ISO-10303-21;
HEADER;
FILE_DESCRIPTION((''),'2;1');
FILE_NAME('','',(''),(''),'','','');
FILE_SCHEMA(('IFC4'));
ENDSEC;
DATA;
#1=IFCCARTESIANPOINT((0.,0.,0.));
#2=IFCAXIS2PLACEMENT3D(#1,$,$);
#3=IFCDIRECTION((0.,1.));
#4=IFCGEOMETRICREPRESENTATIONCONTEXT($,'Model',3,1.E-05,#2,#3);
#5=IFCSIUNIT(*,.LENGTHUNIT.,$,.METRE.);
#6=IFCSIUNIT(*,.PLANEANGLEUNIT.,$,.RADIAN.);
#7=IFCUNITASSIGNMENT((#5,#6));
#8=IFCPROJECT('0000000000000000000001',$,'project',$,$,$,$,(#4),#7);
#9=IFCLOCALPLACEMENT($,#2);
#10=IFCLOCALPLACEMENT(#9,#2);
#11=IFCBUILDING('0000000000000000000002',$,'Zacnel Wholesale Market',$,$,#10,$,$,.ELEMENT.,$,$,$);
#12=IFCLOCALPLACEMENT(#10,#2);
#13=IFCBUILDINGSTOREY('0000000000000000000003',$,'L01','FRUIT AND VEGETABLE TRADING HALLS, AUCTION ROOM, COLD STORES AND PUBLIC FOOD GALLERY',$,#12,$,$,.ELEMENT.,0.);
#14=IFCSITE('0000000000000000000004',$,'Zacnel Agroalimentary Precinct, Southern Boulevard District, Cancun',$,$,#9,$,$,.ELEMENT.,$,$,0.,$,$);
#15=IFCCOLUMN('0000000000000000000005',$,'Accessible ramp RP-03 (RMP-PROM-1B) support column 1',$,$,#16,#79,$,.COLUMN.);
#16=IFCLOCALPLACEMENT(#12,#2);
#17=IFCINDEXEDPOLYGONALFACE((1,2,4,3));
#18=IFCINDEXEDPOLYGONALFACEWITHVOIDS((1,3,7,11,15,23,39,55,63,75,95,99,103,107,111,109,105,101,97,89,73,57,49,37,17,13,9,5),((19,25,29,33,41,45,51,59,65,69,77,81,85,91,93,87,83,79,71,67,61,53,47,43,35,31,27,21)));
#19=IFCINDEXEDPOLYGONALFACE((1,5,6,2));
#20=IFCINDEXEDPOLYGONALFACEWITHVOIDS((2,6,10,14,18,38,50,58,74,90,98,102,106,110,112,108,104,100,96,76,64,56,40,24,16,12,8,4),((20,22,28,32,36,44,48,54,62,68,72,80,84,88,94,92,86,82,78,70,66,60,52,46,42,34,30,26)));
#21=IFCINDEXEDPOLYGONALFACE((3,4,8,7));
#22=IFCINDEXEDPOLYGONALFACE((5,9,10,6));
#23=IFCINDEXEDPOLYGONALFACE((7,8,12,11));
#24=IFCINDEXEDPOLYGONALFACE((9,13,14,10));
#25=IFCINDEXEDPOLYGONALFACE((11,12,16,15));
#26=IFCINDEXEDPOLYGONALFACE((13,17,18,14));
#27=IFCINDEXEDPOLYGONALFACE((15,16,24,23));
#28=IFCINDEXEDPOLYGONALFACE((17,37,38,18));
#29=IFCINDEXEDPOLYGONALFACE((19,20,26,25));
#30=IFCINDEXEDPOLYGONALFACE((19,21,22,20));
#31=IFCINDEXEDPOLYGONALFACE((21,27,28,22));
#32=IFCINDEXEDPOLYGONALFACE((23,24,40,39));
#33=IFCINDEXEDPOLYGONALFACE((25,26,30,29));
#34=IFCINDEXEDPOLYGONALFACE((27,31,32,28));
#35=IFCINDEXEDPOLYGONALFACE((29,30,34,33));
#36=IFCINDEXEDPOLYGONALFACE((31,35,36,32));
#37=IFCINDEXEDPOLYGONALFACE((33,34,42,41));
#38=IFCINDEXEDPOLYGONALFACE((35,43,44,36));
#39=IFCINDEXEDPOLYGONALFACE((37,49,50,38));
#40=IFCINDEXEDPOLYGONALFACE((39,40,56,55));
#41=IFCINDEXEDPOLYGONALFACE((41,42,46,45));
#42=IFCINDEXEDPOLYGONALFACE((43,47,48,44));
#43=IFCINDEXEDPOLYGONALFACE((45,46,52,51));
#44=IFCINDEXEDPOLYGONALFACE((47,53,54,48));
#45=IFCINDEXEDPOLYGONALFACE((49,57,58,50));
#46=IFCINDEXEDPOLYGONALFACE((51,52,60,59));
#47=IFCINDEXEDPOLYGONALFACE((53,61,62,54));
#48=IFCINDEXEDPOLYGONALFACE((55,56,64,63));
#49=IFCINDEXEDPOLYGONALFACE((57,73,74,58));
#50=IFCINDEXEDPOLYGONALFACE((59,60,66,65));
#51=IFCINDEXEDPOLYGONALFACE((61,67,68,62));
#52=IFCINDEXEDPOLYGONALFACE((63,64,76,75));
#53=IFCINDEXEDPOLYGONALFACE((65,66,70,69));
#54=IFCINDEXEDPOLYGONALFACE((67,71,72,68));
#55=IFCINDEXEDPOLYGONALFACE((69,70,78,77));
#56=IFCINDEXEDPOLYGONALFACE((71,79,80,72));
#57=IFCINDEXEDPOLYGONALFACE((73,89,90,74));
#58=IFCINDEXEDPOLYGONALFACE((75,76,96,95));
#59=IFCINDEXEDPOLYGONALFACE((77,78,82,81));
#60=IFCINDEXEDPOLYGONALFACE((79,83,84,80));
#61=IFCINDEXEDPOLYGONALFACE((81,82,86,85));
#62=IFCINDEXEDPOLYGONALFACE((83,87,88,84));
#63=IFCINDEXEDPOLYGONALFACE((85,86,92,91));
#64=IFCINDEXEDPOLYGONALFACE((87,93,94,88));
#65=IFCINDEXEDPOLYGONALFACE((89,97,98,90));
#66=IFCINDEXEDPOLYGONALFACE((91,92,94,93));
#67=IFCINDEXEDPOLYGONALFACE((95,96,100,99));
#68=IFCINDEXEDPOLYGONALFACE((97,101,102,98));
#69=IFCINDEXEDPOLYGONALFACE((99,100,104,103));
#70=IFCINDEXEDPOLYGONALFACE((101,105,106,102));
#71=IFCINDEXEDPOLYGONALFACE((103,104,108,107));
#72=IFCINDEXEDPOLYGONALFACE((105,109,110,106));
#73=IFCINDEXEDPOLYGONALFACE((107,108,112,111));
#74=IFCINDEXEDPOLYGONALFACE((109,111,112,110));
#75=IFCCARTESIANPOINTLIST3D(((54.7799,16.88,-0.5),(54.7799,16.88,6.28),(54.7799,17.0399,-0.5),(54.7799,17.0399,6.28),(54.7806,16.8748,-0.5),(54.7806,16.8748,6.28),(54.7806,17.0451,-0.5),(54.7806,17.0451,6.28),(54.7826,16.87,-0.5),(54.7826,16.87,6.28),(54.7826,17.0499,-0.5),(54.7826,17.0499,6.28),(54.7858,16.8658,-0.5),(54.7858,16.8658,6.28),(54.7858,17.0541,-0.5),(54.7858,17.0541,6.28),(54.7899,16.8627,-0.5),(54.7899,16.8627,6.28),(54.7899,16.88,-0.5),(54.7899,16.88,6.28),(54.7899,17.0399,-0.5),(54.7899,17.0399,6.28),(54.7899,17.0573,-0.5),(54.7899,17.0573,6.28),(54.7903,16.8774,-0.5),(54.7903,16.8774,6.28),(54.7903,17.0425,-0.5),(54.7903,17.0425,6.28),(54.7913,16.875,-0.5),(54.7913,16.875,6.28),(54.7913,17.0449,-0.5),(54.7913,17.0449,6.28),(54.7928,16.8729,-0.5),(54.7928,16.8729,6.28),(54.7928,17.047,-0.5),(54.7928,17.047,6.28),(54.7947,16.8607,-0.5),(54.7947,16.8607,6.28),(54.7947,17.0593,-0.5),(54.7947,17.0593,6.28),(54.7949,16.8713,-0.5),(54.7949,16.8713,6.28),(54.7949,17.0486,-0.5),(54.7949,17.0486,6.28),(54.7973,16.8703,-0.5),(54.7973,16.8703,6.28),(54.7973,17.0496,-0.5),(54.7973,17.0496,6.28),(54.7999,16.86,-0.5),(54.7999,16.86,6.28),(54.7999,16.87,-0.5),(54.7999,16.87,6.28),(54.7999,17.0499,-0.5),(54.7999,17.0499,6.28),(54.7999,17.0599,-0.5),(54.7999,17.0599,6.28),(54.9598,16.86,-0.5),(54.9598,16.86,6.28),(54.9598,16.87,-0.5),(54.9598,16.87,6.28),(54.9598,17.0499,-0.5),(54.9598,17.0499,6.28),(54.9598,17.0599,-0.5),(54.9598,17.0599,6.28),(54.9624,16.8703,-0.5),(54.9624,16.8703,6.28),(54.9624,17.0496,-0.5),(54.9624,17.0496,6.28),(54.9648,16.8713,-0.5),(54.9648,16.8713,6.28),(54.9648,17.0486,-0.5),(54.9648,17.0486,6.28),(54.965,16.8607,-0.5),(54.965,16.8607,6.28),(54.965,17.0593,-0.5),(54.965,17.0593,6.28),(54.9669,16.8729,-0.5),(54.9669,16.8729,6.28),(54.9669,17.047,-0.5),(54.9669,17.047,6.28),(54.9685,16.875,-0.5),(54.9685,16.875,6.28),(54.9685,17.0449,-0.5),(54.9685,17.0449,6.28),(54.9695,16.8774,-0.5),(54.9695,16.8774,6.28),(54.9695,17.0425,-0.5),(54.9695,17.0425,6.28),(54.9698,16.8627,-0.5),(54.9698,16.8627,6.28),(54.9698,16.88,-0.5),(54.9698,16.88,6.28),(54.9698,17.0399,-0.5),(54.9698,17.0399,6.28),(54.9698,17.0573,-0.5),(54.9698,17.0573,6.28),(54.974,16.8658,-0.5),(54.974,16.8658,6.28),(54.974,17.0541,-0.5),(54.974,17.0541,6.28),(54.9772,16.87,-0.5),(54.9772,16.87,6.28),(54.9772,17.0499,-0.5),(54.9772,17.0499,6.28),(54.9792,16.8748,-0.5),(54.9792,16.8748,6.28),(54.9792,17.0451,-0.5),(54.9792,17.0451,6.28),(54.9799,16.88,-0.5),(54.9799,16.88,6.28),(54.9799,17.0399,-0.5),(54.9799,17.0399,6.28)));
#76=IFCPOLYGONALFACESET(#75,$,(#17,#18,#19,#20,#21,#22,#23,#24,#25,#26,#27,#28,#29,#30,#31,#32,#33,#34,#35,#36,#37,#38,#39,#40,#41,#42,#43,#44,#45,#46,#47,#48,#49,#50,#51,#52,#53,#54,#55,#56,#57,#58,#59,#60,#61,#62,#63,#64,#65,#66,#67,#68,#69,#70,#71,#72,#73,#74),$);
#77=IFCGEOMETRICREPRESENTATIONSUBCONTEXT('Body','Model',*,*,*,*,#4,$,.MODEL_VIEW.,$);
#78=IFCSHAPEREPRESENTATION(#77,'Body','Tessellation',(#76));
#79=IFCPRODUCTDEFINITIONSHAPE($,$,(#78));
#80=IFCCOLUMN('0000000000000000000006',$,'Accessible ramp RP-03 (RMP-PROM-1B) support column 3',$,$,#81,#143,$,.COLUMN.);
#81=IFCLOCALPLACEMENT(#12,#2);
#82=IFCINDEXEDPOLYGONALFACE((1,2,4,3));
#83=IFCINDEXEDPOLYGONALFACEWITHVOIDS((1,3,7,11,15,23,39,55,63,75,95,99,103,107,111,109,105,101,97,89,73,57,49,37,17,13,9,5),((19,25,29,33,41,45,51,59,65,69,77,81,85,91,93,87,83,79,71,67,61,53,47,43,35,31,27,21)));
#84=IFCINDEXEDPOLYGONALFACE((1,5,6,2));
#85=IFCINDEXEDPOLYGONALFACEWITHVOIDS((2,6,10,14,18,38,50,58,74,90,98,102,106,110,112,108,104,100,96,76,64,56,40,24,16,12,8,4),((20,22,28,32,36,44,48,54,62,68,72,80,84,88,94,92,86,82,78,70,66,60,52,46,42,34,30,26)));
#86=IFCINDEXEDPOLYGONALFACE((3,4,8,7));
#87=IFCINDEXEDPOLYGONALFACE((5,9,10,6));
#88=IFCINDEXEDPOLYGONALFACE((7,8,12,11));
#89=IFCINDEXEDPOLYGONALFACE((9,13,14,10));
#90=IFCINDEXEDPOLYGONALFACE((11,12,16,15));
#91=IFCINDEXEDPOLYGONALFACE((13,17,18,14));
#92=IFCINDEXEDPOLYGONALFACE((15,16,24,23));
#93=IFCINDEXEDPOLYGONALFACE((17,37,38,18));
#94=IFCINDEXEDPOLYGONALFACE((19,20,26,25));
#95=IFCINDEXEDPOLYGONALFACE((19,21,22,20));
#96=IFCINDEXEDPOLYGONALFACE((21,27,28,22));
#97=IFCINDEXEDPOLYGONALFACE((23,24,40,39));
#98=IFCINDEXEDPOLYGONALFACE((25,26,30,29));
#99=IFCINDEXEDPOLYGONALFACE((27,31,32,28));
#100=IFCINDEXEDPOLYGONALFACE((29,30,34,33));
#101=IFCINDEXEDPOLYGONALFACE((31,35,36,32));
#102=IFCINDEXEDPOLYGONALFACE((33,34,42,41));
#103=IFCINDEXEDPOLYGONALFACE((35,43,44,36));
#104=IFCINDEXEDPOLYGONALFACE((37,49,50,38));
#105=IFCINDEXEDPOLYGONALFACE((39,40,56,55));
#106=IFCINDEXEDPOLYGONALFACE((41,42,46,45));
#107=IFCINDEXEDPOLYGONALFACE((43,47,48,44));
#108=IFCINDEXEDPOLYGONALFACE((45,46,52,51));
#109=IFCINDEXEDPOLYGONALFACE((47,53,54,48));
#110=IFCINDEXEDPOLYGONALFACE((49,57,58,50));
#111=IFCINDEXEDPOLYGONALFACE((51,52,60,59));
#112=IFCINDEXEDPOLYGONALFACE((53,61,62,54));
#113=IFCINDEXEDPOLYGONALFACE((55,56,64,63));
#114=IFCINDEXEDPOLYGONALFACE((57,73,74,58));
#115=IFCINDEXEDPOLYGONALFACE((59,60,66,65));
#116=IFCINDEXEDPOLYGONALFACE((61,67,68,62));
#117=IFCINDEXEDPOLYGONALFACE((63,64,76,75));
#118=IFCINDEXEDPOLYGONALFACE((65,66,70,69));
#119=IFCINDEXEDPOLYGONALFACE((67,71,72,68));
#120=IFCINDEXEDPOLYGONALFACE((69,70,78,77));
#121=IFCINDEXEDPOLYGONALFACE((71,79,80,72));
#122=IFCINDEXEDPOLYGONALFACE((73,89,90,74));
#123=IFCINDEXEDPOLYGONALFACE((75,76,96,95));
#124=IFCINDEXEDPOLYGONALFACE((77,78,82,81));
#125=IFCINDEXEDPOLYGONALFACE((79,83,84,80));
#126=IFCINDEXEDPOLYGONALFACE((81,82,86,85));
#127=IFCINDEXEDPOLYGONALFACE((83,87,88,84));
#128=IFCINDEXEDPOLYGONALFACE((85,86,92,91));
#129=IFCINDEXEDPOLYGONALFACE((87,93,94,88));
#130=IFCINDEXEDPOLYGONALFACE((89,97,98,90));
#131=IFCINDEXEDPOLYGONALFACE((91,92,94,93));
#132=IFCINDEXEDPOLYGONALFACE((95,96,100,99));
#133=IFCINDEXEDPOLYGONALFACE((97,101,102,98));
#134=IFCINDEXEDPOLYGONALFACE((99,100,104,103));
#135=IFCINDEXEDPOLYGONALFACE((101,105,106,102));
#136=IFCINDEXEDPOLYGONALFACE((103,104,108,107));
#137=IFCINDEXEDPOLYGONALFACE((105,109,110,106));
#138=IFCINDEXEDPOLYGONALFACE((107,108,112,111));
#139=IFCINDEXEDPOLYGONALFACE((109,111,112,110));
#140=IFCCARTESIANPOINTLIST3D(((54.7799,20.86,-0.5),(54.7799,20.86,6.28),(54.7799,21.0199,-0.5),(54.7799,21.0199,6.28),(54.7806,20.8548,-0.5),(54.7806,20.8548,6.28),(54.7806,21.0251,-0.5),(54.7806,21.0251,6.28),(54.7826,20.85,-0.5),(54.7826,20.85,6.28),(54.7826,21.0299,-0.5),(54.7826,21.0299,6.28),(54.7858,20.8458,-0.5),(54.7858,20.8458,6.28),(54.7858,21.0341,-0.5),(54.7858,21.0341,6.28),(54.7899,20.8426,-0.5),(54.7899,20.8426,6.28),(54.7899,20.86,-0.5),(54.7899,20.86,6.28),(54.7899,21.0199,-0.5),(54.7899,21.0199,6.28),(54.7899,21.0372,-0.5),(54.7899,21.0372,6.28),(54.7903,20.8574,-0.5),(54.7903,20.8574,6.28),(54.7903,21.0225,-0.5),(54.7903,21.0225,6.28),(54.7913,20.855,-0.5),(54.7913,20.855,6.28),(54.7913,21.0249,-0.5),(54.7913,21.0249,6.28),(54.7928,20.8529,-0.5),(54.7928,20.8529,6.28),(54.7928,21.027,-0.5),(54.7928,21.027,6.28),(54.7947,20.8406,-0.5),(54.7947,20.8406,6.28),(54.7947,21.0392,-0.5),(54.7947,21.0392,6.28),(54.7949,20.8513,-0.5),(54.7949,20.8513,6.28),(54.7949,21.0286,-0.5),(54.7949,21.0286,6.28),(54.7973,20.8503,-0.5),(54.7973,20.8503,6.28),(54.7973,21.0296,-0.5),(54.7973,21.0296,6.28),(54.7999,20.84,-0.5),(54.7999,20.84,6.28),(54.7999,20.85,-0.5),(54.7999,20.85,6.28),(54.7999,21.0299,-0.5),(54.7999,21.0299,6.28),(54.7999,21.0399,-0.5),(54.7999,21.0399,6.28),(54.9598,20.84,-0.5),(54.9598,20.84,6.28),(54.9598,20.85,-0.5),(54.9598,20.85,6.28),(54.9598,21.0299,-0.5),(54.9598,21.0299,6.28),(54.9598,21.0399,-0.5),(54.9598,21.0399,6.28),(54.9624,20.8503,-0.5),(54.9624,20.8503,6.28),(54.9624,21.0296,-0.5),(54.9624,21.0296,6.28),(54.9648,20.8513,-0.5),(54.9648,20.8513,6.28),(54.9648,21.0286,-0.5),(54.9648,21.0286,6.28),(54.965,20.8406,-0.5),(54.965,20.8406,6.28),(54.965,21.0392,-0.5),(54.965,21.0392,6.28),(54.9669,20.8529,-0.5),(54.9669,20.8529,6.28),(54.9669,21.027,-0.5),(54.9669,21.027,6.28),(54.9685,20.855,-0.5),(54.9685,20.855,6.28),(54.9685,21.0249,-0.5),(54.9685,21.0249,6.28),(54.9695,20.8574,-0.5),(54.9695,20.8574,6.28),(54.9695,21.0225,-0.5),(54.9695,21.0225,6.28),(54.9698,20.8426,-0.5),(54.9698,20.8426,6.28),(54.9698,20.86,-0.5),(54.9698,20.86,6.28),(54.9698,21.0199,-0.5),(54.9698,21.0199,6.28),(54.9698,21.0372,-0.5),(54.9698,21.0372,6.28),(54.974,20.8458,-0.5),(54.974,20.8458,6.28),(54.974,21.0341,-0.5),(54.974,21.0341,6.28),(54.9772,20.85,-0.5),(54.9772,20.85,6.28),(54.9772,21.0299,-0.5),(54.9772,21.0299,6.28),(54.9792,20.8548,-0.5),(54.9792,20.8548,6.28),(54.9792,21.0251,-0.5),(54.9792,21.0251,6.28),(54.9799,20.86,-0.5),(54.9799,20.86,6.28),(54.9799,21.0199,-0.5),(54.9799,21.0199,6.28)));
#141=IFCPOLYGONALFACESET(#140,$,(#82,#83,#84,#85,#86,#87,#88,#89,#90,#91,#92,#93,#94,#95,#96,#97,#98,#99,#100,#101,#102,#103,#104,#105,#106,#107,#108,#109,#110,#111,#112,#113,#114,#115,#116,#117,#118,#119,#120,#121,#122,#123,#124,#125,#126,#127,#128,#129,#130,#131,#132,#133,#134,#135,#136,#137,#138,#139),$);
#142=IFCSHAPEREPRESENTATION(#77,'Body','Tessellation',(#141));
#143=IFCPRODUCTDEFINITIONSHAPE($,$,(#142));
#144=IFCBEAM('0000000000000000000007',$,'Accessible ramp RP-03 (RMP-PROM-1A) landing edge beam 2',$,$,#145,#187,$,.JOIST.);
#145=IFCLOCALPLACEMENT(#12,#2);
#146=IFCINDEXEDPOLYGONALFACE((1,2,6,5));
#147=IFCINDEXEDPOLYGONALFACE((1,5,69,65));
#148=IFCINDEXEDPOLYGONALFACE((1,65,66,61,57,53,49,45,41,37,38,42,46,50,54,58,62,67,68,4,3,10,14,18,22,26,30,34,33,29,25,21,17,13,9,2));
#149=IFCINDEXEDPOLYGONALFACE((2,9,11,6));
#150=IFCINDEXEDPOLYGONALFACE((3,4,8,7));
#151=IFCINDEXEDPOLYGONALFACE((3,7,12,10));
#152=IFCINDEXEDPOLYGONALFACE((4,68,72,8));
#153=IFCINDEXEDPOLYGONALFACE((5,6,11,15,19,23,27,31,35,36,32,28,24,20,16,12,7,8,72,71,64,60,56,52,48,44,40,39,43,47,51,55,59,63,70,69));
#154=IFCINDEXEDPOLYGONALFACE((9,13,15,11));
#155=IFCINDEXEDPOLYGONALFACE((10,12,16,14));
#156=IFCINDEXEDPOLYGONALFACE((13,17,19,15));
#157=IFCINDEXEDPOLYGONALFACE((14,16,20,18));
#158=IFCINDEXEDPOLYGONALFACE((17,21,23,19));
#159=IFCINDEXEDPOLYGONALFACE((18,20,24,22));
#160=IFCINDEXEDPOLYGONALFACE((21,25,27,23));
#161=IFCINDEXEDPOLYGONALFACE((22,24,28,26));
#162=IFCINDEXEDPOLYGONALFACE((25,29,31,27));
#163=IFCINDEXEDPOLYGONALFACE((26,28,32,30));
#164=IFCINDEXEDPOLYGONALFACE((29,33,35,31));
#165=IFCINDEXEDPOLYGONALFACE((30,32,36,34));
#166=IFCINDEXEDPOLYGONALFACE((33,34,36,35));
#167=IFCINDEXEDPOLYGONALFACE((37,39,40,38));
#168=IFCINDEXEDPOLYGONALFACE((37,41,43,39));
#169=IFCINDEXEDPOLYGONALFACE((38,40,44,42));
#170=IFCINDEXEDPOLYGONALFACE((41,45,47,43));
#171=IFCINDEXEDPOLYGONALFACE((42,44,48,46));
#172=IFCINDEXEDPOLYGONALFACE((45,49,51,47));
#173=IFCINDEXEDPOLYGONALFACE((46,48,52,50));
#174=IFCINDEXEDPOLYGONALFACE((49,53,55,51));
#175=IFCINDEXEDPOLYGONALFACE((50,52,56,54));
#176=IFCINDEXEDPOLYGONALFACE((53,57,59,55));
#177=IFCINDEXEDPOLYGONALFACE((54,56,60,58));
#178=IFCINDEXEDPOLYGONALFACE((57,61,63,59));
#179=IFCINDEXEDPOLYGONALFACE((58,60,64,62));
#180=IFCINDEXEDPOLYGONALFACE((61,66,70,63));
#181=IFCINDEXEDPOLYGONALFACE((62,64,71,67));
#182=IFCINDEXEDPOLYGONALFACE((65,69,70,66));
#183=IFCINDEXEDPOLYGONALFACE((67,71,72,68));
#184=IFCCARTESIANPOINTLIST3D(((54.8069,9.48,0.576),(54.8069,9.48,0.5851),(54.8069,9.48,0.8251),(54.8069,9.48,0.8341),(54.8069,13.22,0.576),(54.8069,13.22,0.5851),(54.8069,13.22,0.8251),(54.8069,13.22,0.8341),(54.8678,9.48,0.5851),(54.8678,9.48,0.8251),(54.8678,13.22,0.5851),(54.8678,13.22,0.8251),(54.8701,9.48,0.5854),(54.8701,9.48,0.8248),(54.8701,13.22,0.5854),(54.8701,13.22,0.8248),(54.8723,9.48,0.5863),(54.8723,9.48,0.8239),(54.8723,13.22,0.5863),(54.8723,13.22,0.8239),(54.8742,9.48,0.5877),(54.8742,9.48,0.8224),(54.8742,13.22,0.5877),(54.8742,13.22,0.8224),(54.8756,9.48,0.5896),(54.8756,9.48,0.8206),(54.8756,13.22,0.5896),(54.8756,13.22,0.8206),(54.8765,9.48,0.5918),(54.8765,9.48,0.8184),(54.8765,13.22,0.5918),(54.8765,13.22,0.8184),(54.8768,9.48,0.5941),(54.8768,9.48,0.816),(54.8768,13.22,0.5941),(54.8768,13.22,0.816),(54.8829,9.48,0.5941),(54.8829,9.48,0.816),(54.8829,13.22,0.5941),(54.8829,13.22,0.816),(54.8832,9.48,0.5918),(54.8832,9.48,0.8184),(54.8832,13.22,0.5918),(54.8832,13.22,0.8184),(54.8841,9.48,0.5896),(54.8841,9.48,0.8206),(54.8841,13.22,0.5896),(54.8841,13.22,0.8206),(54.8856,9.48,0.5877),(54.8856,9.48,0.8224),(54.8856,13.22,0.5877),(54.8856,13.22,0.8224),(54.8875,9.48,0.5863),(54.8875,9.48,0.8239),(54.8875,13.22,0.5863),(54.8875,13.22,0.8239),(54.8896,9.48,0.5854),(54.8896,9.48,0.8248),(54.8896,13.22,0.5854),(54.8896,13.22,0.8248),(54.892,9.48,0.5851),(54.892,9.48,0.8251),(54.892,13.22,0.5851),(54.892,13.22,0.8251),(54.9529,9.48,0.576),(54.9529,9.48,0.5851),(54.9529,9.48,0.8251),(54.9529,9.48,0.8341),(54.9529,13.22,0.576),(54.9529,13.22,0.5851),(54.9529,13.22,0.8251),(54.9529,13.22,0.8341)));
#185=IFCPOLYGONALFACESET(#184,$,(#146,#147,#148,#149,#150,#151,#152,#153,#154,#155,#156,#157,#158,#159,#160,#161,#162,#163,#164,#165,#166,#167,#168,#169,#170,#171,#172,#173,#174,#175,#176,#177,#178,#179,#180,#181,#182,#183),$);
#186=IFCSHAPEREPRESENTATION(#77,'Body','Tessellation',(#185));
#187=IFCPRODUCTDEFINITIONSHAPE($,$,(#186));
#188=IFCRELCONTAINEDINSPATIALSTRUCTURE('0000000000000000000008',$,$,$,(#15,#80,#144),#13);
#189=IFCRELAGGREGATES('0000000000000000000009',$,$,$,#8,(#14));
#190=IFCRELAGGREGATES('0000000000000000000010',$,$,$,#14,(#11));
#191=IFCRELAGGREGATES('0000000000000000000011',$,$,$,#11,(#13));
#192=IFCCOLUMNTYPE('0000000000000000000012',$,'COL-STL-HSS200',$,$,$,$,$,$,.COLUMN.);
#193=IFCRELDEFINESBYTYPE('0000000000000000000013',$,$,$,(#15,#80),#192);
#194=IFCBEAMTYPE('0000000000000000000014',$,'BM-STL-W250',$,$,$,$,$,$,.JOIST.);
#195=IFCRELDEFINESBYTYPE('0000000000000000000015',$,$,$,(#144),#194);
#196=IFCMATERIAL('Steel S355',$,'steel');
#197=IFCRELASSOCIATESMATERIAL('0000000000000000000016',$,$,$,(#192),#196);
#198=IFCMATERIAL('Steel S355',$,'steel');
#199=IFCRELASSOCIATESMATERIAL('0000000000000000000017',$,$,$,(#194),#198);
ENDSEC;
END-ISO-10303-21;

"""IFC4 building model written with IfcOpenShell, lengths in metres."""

from ifc_helpers import new_model, si_unit, direction, frame, origin, origin_2d, place, context, subcontext, project, spatial, hollow_rectangle, i_section, extrude, material, material_profile, profile_set, type_object, element, save


model = new_model("IFC4")

# Units and contexts
model_context = context("Model", 3, precision=1e-05, world=origin(), true_north=direction((0.0, 1.0)))
body_context = subcontext(model_context, "Body", "Model", "MODEL_VIEW")
ifc_project = project(units=[si_unit("LENGTHUNIT", "METRE"), si_unit("PLANEANGLEUNIT", "RADIAN")], contexts=[model_context])

# Site, building, storey
site_placement = place(None, origin())
site = spatial("IfcSite", under=ifc_project, at=site_placement, Name="Zacnel Agroalimentary Precinct, Southern Boulevard District, Cancun", CompositionType="ELEMENT", RefElevation=0.0)
building_placement = place(site_placement, origin())
building = spatial("IfcBuilding", under=site, at=building_placement, Name="Zacnel Wholesale Market", CompositionType="ELEMENT")
storey_placement = place(building_placement, origin())
storey = spatial("IfcBuildingStorey", under=building, at=storey_placement, Name="L01", Description="FRUIT AND VEGETABLE TRADING HALLS, AUCTION ROOM, COLD STORES AND PUBLIC FOOD GALLERY", CompositionType="ELEMENT", Elevation=0.0)

# Columns
ifc_material_1 = material(Name="Steel S355", Category="steel")
ifc_material_profile_1 = material_profile(ifc_material_1, hollow_rectangle(XDim=0.2, YDim=0.2, WallThickness=0.01, InnerFilletRadius=0.01, OuterFilletRadius=0.02, at=origin_2d()), Name="HSS 200x200x10")
ifc_profile_set_1 = profile_set([ifc_material_profile_1], Name="Steel S355")
column_type_1 = type_object("IfcColumnType", Name="COL-STL-HSS200", PredefinedType="COLUMN", material=ifc_profile_set_1)
for number, where, z_axis, x_axis, name in (
    (1, (54.8799, 16.96, -0.5), (0.0, 0.0, 1.0), (1.0, 0.0, 0.0), "Accessible ramp RP-03 (RMP-PROM-1B) support column 1"),
    (2, (54.8799, 20.9399, -0.5), (0.0, 0.0, 1.0), (1.0, 0.0, 0.0), "Accessible ramp RP-03 (RMP-PROM-1B) support column 3"),
):
    element("IfcColumn", number, at=place(storey_placement, frame(where, z_axis=z_axis, x_axis=x_axis)), inside=storey, type_object=column_type_1, Name=name, PredefinedType="COLUMN", context=body_context, shape_type="SweptSolid", body=[
        extrude(hollow_rectangle(XDim=0.2, YDim=0.2, WallThickness=0.01, InnerFilletRadius=0.01, OuterFilletRadius=0.02, at=origin_2d()), origin(), (0.0, 0.0, 1.0), 6.78),
    ])

# Beam
ifc_material_2 = material(Name="Steel S355", Category="steel")
ifc_material_profile_2 = material_profile(ifc_material_2, i_section(OverallWidth=0.146, OverallDepth=0.2581, WebThickness=0.0061, FlangeThickness=0.009, FilletRadius=0.009, at=origin_2d()), Name="W250X32.7")
ifc_profile_set_2 = profile_set([ifc_material_profile_2], Name="Steel S355")
beam_type = type_object("IfcBeamType", Name="BM-STL-W250", PredefinedType="JOIST", material=ifc_profile_set_2)
for number, where, z_axis, x_axis, name in (
    (3, (54.8799, 9.48, 0.7051), (0.0, 1.0, 0.0), (-1.0, 0.0, 0.0), "Accessible ramp RP-03 (RMP-PROM-1A) landing edge beam 2"),
):
    element("IfcBeam", number, at=place(storey_placement, frame(where, z_axis=z_axis, x_axis=x_axis)), inside=storey, type_object=beam_type, Name=name, PredefinedType="JOIST", context=body_context, shape_type="SweptSolid", body=[
        extrude(i_section(OverallWidth=0.146, OverallDepth=0.2581, WebThickness=0.0061, FlangeThickness=0.009, FilletRadius=0.009, at=origin_2d()), origin(), (0.0, 0.0, 1.0), 3.74),
    ])

save(model, "model.ifc")
